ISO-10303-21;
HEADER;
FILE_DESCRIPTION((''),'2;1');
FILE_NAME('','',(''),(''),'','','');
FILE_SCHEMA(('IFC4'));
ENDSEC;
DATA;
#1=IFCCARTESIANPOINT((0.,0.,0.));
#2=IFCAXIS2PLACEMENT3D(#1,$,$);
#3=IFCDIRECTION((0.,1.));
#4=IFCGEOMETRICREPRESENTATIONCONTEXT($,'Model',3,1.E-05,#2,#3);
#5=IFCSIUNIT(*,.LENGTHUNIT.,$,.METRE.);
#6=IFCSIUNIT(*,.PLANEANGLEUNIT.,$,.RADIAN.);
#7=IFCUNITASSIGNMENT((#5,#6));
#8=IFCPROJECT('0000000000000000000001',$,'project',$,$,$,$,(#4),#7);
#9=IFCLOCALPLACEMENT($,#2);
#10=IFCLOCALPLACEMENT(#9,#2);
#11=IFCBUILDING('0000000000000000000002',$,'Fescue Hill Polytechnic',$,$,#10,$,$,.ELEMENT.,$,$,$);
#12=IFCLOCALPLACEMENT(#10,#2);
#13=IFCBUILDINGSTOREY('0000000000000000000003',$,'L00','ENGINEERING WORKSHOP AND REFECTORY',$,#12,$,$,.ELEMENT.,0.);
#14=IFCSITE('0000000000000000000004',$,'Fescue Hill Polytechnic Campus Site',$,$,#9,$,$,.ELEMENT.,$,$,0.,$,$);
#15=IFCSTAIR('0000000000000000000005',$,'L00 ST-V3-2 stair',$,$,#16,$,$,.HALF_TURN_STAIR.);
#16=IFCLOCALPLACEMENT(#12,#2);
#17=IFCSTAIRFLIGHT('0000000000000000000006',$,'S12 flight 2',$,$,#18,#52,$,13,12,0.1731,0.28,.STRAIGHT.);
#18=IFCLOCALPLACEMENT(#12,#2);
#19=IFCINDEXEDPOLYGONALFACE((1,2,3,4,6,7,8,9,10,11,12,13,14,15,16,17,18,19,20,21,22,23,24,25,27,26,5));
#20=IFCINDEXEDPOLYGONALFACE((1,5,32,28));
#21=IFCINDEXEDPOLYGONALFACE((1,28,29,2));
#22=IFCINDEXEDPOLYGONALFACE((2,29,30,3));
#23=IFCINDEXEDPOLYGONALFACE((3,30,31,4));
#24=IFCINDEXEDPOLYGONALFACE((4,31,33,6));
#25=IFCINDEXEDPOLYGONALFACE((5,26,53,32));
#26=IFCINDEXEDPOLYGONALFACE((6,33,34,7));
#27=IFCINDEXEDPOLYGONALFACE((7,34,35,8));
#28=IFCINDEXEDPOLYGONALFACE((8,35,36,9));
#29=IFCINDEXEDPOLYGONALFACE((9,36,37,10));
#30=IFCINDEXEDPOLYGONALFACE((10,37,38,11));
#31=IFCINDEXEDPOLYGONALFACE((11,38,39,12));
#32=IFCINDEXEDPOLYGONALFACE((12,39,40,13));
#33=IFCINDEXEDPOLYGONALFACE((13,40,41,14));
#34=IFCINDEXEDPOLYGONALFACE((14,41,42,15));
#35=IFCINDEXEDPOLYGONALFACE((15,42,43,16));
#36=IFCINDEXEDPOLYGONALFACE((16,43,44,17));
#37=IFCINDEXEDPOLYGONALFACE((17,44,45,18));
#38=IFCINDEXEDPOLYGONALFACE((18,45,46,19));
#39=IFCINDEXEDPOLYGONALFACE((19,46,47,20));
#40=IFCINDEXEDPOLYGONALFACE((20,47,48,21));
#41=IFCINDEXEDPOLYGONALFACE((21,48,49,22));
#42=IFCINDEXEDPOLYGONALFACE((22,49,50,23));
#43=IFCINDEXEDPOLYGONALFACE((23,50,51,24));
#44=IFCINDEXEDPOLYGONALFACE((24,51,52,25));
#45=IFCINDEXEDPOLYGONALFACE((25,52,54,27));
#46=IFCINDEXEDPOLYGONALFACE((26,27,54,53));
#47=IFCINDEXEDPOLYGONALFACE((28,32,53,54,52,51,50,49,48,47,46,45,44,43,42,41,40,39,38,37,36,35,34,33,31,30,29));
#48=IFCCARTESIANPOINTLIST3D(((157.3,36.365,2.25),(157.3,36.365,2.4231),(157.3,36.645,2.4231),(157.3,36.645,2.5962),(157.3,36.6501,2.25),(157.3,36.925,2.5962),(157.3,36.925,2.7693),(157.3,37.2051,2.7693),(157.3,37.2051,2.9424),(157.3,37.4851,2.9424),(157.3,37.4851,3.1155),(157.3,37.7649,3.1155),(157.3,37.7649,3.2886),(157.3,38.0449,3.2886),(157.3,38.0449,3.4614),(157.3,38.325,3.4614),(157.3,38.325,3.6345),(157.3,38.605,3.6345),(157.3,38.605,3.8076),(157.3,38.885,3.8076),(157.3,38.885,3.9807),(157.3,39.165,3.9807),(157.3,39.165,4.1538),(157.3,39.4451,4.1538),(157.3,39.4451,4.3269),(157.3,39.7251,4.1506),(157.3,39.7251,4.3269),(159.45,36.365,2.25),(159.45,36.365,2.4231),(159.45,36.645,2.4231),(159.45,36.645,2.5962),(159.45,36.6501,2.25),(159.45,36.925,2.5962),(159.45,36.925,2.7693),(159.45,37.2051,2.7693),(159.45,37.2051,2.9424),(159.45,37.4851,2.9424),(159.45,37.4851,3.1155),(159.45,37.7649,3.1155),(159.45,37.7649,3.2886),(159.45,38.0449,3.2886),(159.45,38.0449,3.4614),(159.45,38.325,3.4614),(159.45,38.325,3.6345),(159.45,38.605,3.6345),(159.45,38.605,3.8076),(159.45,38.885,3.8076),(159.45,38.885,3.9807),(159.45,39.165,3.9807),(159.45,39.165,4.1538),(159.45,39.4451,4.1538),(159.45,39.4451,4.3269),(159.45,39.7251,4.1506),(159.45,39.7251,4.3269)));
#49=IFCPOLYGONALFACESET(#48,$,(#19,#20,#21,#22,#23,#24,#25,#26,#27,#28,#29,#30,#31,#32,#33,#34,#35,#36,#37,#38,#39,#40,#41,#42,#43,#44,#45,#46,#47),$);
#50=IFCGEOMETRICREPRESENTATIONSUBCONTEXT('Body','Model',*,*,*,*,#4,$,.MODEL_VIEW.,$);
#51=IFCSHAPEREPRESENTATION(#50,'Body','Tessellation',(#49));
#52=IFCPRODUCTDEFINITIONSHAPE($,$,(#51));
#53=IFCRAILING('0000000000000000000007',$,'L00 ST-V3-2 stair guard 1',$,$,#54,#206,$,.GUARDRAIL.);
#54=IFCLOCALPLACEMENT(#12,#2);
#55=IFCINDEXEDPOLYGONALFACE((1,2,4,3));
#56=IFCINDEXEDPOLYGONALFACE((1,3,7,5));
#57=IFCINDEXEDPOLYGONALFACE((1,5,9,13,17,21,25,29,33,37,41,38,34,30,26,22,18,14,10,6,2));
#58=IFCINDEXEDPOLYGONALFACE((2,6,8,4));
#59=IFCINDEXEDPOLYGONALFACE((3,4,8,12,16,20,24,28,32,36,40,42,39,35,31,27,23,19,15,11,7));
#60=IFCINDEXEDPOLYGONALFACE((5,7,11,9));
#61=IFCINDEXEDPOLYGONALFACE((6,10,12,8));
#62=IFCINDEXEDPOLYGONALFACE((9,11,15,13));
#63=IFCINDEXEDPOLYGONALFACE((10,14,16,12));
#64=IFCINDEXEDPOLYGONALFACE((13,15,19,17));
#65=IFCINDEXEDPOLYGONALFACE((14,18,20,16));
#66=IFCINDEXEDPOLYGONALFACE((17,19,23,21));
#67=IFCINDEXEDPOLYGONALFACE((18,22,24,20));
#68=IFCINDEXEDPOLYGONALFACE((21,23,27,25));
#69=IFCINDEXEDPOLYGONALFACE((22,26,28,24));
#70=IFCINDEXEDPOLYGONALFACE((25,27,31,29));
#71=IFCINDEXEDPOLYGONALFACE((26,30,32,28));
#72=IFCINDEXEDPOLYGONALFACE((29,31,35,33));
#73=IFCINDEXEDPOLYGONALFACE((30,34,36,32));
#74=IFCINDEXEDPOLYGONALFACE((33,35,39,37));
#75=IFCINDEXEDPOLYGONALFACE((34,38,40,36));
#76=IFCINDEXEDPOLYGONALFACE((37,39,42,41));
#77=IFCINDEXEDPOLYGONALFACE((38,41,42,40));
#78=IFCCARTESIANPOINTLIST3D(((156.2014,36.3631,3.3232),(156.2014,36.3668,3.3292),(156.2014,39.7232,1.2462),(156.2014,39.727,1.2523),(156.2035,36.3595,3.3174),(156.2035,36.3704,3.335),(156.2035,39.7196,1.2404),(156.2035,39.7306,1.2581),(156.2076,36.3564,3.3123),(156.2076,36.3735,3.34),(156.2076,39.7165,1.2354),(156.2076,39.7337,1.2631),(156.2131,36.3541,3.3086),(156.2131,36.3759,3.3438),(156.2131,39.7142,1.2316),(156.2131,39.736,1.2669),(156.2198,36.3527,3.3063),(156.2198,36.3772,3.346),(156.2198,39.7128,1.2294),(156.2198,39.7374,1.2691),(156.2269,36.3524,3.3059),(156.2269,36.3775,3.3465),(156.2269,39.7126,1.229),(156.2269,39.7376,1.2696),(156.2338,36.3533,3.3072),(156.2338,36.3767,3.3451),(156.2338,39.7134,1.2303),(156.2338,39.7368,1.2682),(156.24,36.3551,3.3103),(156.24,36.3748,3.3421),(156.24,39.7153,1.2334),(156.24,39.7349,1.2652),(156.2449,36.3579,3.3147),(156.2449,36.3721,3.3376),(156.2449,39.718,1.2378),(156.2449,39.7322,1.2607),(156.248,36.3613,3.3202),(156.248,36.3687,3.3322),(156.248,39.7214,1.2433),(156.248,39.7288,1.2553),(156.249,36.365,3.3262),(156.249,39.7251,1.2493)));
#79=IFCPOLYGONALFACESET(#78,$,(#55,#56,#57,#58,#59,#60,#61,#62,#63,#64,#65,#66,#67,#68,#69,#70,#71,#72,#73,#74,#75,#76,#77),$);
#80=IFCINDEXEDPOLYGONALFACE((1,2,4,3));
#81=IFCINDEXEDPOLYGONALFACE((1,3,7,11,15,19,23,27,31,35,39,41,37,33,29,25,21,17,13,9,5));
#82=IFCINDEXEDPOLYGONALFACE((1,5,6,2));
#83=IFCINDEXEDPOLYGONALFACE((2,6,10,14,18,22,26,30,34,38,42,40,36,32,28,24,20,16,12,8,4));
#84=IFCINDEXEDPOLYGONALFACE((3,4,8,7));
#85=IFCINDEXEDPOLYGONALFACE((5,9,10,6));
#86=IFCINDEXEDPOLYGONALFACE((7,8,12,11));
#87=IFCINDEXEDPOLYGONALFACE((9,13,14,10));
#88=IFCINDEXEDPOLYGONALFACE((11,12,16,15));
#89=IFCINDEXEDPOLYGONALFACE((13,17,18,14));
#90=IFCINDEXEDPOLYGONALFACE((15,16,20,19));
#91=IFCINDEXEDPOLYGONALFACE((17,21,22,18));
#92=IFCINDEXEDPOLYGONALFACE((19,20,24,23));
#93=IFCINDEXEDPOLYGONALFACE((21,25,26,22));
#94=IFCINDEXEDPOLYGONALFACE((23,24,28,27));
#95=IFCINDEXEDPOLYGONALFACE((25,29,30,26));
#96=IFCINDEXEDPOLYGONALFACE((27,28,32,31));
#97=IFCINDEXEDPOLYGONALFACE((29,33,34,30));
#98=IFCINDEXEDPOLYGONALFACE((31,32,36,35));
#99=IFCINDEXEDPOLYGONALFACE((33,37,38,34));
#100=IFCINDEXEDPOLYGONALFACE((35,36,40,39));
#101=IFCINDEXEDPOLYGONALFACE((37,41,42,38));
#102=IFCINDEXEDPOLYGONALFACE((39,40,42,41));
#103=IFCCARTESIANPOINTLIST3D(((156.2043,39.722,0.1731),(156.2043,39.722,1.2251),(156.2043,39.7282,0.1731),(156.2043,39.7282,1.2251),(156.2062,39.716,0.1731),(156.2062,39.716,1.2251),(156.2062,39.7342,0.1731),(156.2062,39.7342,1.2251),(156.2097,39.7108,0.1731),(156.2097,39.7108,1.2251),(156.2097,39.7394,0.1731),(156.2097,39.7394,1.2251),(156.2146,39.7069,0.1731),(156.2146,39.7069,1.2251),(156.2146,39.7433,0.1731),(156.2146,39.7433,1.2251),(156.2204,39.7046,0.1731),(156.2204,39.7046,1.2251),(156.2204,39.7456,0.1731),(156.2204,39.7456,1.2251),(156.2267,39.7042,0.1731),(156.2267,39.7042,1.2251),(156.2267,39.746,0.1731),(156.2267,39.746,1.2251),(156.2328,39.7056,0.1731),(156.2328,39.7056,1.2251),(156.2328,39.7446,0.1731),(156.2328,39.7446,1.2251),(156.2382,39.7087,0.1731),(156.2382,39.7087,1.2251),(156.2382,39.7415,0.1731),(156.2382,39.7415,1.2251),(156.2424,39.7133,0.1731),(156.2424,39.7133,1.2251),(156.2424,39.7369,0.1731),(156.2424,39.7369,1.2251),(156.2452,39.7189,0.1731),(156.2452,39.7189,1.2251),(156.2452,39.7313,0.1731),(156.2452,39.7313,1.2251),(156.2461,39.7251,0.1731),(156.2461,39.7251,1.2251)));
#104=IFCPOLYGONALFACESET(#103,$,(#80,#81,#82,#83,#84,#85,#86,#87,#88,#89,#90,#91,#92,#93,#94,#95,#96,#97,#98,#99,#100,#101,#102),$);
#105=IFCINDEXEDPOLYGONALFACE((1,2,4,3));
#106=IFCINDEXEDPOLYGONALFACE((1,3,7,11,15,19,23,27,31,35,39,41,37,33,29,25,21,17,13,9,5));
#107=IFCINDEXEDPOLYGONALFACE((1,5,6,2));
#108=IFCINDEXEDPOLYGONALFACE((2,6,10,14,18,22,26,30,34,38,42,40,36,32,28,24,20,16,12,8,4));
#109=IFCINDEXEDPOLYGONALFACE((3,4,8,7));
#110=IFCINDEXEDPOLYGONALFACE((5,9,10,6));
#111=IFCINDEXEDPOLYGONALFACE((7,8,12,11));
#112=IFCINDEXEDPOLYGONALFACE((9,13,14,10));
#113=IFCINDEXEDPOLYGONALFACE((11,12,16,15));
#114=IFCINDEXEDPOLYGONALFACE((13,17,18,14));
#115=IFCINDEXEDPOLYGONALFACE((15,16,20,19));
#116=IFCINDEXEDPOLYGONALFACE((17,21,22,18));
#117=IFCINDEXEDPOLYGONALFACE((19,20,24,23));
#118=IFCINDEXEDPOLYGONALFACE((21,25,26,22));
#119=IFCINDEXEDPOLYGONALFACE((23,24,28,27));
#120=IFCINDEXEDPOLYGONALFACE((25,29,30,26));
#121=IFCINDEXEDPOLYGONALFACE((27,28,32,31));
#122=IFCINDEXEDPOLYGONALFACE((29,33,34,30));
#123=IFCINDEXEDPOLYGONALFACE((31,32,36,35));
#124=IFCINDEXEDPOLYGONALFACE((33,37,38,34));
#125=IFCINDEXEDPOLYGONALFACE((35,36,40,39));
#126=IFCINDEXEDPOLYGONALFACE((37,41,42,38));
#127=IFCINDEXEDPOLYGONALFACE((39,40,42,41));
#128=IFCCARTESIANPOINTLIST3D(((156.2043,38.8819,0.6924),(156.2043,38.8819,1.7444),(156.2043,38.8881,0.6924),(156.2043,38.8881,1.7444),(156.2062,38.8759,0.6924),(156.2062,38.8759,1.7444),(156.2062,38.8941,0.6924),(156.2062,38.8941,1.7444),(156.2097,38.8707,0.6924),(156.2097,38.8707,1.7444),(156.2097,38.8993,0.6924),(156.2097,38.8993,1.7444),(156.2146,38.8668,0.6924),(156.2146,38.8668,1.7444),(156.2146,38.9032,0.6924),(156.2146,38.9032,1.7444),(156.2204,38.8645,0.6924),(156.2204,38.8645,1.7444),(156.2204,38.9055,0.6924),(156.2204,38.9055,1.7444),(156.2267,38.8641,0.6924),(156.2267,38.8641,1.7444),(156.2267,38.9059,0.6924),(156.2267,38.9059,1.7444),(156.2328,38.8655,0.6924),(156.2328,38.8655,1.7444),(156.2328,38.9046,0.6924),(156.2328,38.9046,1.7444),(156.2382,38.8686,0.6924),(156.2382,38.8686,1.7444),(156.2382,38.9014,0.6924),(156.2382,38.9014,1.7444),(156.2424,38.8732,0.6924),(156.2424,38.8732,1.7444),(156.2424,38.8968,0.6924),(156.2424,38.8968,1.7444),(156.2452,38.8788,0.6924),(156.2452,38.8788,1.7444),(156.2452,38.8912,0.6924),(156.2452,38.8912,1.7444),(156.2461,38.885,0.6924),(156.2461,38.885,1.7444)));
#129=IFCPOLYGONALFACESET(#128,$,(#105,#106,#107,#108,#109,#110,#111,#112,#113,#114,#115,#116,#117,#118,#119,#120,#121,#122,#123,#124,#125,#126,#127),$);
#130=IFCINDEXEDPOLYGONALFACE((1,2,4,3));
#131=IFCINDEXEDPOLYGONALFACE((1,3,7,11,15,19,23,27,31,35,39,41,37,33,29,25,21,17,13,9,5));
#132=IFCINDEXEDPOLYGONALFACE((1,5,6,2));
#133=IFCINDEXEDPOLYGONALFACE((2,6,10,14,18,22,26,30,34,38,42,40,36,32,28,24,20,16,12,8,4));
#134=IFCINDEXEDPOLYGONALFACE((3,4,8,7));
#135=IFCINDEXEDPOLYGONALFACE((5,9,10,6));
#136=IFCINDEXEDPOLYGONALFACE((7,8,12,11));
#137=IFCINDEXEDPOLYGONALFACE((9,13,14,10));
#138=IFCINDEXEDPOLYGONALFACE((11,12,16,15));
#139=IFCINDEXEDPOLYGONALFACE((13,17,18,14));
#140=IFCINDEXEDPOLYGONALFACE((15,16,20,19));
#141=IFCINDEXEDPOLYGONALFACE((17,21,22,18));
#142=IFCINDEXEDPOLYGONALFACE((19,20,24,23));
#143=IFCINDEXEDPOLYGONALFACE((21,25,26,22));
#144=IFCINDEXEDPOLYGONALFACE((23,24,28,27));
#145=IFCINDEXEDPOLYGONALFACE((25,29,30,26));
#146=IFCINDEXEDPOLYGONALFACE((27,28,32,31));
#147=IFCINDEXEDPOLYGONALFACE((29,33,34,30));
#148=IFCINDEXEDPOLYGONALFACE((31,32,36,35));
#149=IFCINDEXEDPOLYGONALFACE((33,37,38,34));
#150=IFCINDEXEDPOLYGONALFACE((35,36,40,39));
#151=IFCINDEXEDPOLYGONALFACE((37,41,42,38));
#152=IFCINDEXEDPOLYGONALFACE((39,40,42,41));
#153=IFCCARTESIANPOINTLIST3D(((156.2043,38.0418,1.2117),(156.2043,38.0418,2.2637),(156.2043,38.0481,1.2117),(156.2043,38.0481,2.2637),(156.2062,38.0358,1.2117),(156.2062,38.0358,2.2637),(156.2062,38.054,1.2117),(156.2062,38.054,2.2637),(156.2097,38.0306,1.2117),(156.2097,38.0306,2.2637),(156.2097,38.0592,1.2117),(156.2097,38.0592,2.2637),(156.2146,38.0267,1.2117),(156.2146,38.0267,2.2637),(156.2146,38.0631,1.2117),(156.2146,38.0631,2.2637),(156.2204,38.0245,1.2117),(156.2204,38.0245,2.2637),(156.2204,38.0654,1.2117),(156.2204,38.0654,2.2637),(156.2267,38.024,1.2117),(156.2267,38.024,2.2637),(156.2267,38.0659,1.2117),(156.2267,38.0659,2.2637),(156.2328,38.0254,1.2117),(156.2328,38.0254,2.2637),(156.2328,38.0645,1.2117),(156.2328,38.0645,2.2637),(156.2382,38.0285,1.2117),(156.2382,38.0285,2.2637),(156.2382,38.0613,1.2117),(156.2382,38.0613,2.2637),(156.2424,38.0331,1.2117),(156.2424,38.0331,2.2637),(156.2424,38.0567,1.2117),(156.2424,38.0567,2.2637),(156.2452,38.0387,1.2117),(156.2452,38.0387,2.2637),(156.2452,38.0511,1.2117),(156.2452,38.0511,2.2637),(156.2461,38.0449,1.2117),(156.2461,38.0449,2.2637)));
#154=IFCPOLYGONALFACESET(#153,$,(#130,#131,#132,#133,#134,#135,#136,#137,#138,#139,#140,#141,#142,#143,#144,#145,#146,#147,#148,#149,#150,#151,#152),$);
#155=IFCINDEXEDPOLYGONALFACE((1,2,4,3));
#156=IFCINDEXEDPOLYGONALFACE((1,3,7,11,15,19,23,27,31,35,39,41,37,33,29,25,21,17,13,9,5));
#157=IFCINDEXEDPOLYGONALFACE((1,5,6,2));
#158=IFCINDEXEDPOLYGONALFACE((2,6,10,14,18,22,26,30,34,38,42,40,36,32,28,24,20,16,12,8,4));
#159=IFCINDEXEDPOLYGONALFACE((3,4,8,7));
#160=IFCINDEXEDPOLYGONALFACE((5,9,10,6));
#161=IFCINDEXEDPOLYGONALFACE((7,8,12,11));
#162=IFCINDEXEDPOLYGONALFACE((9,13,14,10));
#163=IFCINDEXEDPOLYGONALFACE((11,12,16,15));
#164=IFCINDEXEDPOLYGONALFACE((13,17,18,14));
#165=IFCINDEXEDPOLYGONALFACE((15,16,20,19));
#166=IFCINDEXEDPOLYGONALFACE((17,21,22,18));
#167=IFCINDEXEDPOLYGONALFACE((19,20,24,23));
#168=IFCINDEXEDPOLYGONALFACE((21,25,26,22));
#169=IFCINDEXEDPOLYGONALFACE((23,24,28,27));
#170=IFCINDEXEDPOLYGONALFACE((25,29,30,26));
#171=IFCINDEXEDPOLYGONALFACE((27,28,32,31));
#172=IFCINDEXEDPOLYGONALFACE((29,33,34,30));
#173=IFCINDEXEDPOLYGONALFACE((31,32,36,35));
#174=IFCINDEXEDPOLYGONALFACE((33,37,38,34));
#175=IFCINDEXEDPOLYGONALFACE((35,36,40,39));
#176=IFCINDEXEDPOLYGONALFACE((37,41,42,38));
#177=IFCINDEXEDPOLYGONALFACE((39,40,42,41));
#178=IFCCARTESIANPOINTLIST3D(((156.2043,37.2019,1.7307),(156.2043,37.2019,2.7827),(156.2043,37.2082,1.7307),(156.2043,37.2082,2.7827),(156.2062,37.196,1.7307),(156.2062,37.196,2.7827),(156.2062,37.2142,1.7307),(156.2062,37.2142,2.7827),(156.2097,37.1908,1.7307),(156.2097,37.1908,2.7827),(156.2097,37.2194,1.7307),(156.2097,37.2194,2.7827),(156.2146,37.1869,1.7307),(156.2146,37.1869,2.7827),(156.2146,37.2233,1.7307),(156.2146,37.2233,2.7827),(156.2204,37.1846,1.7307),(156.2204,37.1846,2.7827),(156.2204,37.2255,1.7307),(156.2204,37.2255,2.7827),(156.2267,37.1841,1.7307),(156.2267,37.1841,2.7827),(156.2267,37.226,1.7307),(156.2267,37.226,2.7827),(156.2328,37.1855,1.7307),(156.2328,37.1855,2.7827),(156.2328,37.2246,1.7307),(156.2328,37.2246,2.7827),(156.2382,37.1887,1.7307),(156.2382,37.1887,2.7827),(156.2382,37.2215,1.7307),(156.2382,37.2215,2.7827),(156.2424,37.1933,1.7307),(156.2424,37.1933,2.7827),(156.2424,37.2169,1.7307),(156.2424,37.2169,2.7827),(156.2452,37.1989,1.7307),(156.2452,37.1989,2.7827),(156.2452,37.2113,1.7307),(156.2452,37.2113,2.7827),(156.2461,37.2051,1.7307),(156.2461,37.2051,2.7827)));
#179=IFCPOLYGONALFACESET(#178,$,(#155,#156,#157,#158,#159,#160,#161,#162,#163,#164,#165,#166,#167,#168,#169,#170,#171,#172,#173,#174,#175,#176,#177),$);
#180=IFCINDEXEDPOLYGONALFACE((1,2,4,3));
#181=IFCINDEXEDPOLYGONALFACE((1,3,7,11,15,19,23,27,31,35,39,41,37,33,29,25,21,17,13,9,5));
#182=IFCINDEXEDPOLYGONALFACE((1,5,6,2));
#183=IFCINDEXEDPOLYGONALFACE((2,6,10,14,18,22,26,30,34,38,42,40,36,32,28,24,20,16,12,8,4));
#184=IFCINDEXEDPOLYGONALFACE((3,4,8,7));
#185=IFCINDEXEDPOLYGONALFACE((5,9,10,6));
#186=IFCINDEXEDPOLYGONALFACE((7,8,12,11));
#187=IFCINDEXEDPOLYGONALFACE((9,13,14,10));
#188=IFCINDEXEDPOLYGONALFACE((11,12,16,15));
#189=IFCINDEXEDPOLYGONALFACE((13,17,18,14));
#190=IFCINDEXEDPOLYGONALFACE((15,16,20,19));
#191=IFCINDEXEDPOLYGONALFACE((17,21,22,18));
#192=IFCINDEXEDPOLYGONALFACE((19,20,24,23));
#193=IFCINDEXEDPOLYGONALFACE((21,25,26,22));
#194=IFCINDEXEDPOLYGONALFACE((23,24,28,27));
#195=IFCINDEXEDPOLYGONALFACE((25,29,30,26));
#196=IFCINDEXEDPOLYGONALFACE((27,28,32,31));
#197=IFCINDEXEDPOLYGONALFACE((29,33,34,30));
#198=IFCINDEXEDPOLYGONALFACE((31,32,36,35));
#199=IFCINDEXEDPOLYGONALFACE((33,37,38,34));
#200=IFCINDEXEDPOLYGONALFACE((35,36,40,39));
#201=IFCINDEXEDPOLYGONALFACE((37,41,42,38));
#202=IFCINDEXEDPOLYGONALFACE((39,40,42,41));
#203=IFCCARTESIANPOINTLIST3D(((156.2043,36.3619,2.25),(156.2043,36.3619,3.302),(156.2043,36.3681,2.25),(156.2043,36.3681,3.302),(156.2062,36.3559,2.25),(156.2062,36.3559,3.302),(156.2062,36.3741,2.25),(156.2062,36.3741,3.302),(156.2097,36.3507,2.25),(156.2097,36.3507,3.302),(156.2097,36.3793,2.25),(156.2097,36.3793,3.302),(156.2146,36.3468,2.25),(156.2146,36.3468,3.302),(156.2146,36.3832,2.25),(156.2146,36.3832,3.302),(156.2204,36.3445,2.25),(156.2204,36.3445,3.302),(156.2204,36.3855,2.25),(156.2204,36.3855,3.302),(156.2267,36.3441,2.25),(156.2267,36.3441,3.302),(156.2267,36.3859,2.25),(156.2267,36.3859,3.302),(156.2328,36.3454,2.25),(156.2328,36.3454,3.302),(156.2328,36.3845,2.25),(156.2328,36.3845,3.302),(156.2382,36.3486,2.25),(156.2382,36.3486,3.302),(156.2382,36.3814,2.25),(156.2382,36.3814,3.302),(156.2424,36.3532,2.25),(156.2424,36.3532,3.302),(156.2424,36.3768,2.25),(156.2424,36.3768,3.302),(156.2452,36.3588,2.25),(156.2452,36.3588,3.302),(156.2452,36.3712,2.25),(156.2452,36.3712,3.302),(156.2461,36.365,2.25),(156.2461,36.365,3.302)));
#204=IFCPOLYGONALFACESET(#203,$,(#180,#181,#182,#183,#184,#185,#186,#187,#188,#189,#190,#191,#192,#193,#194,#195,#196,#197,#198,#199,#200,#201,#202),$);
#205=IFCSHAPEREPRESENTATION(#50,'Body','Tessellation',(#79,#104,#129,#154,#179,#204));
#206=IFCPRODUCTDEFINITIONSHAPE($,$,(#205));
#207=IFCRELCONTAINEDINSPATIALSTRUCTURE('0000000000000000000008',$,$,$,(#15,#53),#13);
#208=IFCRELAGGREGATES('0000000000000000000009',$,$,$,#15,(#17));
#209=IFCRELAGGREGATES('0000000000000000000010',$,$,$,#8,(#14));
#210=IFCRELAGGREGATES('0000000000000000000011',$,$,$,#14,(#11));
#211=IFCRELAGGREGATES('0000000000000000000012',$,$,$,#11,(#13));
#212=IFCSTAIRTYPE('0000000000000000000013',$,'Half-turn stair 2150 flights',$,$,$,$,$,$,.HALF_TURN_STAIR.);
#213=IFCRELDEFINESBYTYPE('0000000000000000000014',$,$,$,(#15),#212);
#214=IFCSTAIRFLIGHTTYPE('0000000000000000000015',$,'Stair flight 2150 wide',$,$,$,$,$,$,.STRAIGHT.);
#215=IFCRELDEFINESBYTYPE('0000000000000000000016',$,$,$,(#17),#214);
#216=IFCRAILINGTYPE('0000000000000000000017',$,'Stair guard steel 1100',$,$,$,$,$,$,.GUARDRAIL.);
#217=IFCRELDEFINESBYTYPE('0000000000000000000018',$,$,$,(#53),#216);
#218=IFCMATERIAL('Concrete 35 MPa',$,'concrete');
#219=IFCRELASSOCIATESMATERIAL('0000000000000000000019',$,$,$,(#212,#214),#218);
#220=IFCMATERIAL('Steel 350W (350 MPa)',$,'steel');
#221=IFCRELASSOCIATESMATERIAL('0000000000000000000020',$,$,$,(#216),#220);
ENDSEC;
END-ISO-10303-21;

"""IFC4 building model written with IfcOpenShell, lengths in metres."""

from ifc_helpers import new_model, si_unit, direction, frame, origin, origin_2d, place, context, subcontext, project, spatial, polyline, circle, outline, extrude, material, type_object, element, aggregate, save


model = new_model("IFC4")

# Units and contexts
model_context = context("Model", 3, precision=1e-05, world=origin(), true_north=direction((0.0, 1.0)))
body_context = subcontext(model_context, "Body", "Model", "MODEL_VIEW")
ifc_project = project(units=[si_unit("LENGTHUNIT", "METRE"), si_unit("PLANEANGLEUNIT", "RADIAN")], contexts=[model_context])

# Site, building, storey
site_placement = place(None, origin())
site = spatial("IfcSite", under=ifc_project, at=site_placement, Name="Fescue Hill Polytechnic Campus Site", CompositionType="ELEMENT", RefElevation=0.0)
building_placement = place(site_placement, origin())
building = spatial("IfcBuilding", under=site, at=building_placement, Name="Fescue Hill Polytechnic", CompositionType="ELEMENT")
storey_placement = place(building_placement, origin())
storey = spatial("IfcBuildingStorey", under=building, at=storey_placement, Name="L00", Description="ENGINEERING WORKSHOP AND REFECTORY", CompositionType="ELEMENT", Elevation=0.0)

# Stair, stair flight
ifc_material_1 = material(Name="Concrete 35 MPa", Category="concrete")
stair_type = type_object("IfcStairType", Name="Half-turn stair 2150 flights", PredefinedType="HALF_TURN_STAIR", material=ifc_material_1)
stair_placement = place(storey_placement, origin())
stair = element("IfcStair", 1, at=stair_placement, inside=storey, type_object=stair_type, Name="L00 ST-V3-2 stair", PredefinedType="HALF_TURN_STAIR")
stair_flight_type = type_object("IfcStairFlightType", Name="Stair flight 2150 wide", PredefinedType="STRAIGHT", material=ifc_material_1)
stair_flight_1_placement = place(storey_placement, frame((158.375, 36.365, 2.25), z_axis=(0.0, 0.0, 1.0), x_axis=(0.0, 1.0, 0.0)))
stair_flight_1 = element("IfcStairFlight", 2, at=stair_flight_1_placement, type_object=stair_flight_type, Name="S12 flight 2", NumberOfRisers=13, NumberOfTreads=12, PredefinedType="STRAIGHT", RiserHeight=0.1731, TreadLength=0.28, context=body_context, shape_type="SweptSolid", body=[
    extrude(outline(polyline([(0.0, 0.0), (0.0, 0.1731), (0.28, 0.1731), (0.28, 0.3462), (0.5601, 0.3462), (0.5601, 0.5193), (0.8401, 0.5193), (0.8401, 0.6924), (1.1201, 0.6924), (1.1201, 0.8655), (1.3999, 0.8655), (1.3999, 1.0386), (1.6799, 1.0386), (1.6799, 1.2114), (1.96, 1.2114), (1.96, 1.3845), (2.24, 1.3845), (2.24, 1.5576), (2.52, 1.5576), (2.52, 1.7307), (2.8, 1.7307), (2.8, 1.9038), (3.0801, 1.9038), (3.0801, 2.0769), (3.3601, 2.0769), (3.3601, 2.25), (3.3601, 1.9006), (0.2852, 0.0), (0.0, 0.0)])), frame((0.0, 1.075, 0.0), z_axis=(0.0, -1.0, 0.0), x_axis=(1.0, 0.0, 0.0)), (0.0, 0.0, 1.0), 2.1499),
])
aggregate(stair, [stair_flight_1])

# Railing
ifc_material_2 = material(Name="Steel 350W (350 MPa)", Category="steel")
railing_type_1 = type_object("IfcRailingType", Name="Stair guard steel 1100", PredefinedType="GUARDRAIL", material=ifc_material_2)
railing_1_placement = place(storey_placement, frame((156.2251, 39.7251, 0.1731)))
element("IfcRailing", 3, at=railing_1_placement, inside=storey, type_object=railing_type_1, Name="L00 ST-V3-2 stair guard 1", PredefinedType="GUARDRAIL", context=body_context, shape_type="SweptSolid", body=[
    extrude(circle(Radius=0.0239, at=origin_2d()), frame((0.0, 0.0, 1.0762), z_axis=(0.0, -0.850623, 0.525776), x_axis=(1.0, 0.0, 0.0)), (0.0, 0.0, 1.0), 3.9502),
    extrude(circle(Radius=0.021, at=origin_2d()), origin(), (0.0, 0.0, 1.0), 1.052),
    extrude(circle(Radius=0.021, at=origin_2d()), frame((0.0, -0.8401, 0.5193)), (0.0, 0.0, 1.0), 1.052),
    extrude(circle(Radius=0.021, at=origin_2d()), frame((0.0, -1.6802, 1.0386)), (0.0, 0.0, 1.0), 1.052),
    extrude(circle(Radius=0.021, at=origin_2d()), frame((0.0, -2.52, 1.5576)), (0.0, 0.0, 1.0), 1.052),
    extrude(circle(Radius=0.021, at=origin_2d()), frame((0.0, -3.3601, 2.0769)), (0.0, 0.0, 1.0), 1.052),
])

save(model, "model.ifc")
